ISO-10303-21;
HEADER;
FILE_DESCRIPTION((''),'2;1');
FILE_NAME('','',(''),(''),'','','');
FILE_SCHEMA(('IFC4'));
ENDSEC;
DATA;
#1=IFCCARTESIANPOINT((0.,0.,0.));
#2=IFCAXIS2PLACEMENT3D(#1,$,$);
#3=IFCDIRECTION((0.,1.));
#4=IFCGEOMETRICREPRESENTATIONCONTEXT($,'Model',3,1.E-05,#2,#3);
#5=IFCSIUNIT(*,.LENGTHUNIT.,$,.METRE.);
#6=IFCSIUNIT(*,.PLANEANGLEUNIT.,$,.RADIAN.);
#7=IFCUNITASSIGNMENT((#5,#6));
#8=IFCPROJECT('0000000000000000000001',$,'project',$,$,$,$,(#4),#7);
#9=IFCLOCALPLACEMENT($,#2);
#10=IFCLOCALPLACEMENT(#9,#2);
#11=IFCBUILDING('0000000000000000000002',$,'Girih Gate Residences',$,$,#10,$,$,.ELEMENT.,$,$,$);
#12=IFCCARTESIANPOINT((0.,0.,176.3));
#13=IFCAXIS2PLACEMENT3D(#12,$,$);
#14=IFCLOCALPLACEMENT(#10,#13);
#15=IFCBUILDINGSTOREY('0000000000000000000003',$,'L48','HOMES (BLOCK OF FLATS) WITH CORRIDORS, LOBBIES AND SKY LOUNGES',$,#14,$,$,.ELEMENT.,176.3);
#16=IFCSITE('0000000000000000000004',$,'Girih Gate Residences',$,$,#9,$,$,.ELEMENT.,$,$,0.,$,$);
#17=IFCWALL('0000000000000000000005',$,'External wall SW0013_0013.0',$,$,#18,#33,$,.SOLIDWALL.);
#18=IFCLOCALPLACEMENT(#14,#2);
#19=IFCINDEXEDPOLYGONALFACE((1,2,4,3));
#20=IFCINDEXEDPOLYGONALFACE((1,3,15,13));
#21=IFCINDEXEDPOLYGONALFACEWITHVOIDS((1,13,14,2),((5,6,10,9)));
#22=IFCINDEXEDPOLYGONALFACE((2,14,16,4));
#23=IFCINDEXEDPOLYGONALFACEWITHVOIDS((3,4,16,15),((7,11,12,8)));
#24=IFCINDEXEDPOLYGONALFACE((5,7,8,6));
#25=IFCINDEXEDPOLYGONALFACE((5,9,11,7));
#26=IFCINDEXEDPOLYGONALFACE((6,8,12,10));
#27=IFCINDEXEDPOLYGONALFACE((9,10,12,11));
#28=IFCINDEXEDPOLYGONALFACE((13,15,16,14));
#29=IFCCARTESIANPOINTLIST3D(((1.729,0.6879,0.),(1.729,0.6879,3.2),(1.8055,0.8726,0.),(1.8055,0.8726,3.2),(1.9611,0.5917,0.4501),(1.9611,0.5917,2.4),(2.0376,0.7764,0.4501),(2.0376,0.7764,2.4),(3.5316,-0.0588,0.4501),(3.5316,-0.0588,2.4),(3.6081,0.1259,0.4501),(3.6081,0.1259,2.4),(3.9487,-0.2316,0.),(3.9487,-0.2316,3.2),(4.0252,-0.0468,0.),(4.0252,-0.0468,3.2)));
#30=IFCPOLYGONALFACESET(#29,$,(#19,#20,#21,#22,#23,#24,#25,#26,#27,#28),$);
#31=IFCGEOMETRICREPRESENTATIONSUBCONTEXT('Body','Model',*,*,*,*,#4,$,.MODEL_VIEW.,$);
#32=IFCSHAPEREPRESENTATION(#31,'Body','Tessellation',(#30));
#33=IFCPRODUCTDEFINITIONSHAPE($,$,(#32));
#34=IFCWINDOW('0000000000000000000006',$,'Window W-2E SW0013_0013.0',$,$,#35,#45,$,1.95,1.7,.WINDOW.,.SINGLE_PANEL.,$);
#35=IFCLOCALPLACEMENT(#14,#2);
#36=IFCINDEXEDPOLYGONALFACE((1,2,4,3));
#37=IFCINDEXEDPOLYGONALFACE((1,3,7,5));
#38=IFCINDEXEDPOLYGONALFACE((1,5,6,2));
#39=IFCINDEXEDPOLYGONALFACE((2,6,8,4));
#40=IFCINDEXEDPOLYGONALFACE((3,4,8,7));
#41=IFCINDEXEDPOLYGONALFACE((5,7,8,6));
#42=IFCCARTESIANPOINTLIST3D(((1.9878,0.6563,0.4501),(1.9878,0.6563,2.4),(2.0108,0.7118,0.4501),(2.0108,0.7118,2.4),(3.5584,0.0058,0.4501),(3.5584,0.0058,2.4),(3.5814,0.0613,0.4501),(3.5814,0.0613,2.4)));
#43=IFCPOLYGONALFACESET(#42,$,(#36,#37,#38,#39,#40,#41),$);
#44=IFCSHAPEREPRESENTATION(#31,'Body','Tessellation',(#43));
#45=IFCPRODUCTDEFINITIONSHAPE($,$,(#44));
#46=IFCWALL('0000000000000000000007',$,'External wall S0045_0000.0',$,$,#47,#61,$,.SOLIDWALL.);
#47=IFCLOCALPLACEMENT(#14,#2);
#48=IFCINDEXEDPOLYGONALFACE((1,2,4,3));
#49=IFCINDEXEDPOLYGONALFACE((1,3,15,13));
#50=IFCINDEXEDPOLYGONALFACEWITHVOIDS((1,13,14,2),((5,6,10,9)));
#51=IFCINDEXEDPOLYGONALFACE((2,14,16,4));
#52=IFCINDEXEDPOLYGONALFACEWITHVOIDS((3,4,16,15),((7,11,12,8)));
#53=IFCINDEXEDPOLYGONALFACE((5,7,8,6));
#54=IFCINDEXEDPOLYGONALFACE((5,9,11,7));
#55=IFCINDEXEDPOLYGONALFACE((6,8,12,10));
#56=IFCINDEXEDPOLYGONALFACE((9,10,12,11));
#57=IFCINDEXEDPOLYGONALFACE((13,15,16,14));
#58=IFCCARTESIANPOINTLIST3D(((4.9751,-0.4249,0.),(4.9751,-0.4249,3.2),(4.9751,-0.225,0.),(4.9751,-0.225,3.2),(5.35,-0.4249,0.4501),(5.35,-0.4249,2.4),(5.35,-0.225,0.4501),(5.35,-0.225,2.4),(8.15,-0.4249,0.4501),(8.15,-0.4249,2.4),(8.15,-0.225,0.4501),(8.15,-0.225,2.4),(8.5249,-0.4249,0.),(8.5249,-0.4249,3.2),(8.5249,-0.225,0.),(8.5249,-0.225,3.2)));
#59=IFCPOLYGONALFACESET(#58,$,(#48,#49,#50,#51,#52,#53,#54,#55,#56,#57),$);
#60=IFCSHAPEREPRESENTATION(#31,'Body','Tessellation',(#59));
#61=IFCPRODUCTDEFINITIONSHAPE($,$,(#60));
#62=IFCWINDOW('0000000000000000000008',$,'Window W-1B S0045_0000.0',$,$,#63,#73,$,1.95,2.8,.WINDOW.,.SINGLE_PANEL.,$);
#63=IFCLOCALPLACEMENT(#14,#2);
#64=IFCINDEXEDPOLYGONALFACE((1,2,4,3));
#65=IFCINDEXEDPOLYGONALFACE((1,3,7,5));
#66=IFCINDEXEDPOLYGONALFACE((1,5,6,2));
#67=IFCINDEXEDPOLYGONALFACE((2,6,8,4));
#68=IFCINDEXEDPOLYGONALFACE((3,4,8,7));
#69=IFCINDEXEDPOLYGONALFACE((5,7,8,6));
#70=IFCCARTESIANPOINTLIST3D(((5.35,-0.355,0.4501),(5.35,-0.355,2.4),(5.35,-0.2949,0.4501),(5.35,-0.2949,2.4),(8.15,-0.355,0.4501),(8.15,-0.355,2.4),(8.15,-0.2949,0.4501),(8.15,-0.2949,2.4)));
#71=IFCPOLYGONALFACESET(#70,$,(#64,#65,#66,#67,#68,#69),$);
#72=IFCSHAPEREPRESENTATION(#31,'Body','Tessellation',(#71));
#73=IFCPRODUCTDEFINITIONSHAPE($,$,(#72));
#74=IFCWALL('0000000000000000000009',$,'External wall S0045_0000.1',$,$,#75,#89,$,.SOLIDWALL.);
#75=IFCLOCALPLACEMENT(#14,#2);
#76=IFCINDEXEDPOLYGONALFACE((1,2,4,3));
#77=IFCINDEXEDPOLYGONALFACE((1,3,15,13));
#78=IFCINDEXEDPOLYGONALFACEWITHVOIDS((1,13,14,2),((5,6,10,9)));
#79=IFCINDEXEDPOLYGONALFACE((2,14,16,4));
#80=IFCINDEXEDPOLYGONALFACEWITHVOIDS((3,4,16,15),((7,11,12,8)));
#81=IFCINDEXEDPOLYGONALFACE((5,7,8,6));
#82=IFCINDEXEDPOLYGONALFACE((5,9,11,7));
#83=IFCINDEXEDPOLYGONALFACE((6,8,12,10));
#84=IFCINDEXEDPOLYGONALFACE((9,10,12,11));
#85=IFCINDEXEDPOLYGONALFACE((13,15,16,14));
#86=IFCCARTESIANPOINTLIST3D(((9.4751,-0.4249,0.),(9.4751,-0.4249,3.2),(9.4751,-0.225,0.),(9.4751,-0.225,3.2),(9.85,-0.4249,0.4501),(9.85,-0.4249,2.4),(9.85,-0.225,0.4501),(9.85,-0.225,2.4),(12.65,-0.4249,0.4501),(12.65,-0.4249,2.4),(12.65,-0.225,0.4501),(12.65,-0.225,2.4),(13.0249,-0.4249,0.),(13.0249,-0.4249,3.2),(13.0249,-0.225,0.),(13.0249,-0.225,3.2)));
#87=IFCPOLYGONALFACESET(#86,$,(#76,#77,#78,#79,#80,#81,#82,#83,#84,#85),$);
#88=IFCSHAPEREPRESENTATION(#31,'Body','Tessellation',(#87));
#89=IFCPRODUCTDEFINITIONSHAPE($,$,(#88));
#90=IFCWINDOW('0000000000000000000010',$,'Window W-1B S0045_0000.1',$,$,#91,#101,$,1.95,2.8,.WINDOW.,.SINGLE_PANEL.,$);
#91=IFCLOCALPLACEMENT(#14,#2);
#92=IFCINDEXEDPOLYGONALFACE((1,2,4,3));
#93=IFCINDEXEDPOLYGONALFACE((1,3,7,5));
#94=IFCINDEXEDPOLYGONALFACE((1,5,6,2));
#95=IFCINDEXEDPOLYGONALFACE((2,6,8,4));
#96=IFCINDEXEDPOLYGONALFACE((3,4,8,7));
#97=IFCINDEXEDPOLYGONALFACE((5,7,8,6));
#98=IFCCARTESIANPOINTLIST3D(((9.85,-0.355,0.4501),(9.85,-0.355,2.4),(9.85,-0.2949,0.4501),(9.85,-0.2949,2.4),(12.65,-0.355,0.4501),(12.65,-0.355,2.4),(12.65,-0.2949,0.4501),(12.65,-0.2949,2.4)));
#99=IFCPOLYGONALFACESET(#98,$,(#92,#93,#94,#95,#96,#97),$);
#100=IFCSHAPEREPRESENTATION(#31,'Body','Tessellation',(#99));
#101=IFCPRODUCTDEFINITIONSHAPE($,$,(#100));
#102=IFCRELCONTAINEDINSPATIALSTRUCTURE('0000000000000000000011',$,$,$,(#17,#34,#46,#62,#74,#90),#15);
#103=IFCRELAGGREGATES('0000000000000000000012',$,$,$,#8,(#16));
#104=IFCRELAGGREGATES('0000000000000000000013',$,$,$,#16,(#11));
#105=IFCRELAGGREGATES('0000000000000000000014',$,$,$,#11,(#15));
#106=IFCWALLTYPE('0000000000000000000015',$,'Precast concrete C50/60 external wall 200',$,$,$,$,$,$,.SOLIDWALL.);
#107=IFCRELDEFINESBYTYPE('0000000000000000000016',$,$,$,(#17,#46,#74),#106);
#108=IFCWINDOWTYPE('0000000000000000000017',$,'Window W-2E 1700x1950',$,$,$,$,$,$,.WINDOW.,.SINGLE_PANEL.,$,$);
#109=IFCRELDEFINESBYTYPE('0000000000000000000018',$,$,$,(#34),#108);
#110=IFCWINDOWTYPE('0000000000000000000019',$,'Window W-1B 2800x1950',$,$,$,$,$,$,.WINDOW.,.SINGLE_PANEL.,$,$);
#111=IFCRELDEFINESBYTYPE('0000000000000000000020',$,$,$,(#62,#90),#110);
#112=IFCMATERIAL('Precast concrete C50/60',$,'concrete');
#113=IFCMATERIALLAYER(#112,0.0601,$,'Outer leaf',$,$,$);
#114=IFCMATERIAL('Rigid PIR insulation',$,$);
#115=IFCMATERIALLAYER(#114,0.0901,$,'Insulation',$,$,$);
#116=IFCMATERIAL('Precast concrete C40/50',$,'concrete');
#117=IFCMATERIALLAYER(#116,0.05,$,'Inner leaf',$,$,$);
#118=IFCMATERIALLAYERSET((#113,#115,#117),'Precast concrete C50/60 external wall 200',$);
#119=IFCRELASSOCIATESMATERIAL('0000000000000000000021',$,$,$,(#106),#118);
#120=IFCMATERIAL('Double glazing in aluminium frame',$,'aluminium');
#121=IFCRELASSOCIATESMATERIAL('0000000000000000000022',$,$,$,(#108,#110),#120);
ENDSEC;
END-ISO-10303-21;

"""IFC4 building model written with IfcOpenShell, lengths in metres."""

from ifc_helpers import new_model, si_unit, direction, frame, frame_2d, origin, place, context, subcontext, project, spatial, rectangle, extrude, material, layer, layer_set, type_object, element, fill, save


model = new_model("IFC4")

# Units and contexts
model_context = context("Model", 3, precision=1e-05, world=origin(), true_north=direction((0.0, 1.0)))
body_context = subcontext(model_context, "Body", "Model", "MODEL_VIEW")
ifc_project = project(units=[si_unit("LENGTHUNIT", "METRE"), si_unit("PLANEANGLEUNIT", "RADIAN")], contexts=[model_context])

# Site, building, storey
site_placement = place(None, origin())
site = spatial("IfcSite", under=ifc_project, at=site_placement, Name="Girih Gate Residences", CompositionType="ELEMENT", RefElevation=0.0)
building_placement = place(site_placement, origin())
building = spatial("IfcBuilding", under=site, at=building_placement, Name="Girih Gate Residences", CompositionType="ELEMENT")
storey_placement = place(building_placement, frame((0.0, 0.0, 176.3)))
storey = spatial("IfcBuildingStorey", under=building, at=storey_placement, Name="L48", Description="HOMES (BLOCK OF FLATS) WITH CORRIDORS, LOBBIES AND SKY LOUNGES", CompositionType="ELEMENT", Elevation=176.3)

# Walls, openings, windows
ifc_material_1 = material(Name="Precast concrete C50/60", Category="concrete")
ifc_layer_1 = layer(ifc_material_1, 0.0601, Name="Outer leaf")
ifc_material_2 = material(Name="Rigid PIR insulation")
ifc_layer_2 = layer(ifc_material_2, 0.0901, Name="Insulation")
ifc_material_3 = material(Name="Precast concrete C40/50", Category="concrete")
ifc_layer_3 = layer(ifc_material_3, 0.05, Name="Inner leaf")
ifc_layer_set_1 = layer_set([ifc_layer_1, ifc_layer_2, ifc_layer_3], Name="Precast concrete C50/60 external wall 200")
wall_type_1 = type_object("IfcWallType", Name="Precast concrete C50/60 external wall 200", PredefinedType="SOLIDWALL", material=ifc_layer_set_1)
wall_1_placement = place(storey_placement, frame((3.9868, -0.1392, 0.0), z_axis=(0.0, 0.0, 1.0), x_axis=(-0.923881, 0.382681, 0.0)))
wall_1 = element("IfcWall", 1, at=wall_1_placement, inside=storey, type_object=wall_type_1, Name="External wall SW0013_0013.0", PredefinedType="SOLIDWALL", context=body_context, shape_type="SweptSolid", body=[
    extrude(rectangle(XDim=2.4026, YDim=0.2, at=frame_2d((1.2012, 0.0))), origin(), (0.0, 0.0, 1.0), 3.2),
])
opening_1_placement = place(wall_1_placement, frame((0.4512, 0.0, 0.45)))
opening_1 = element("IfcOpeningElement", 2, at=opening_1_placement, cuts=wall_1, PredefinedType="OPENING", context=body_context, shape_type="SweptSolid", body=[
    extrude(rectangle(XDim=1.7, YDim=1.95, at=frame_2d((0.8501, 0.9751))), frame((0.0, 0.1099, 0.0), z_axis=(0.0, -1.0, 0.0), x_axis=(1.0, 0.0, 0.0)), (0.0, 0.0, 1.0), 0.22),
])
ifc_material_4 = material(Name="Double glazing in aluminium frame", Category="aluminium")
window_type_1 = type_object("IfcWindowType", Name="Window W-2E 1700x1950", PartitioningType="SINGLE_PANEL", PredefinedType="WINDOW", material=ifc_material_4)
window_1_placement = place(opening_1_placement, origin())
window_1 = element("IfcWindow", 3, at=window_1_placement, inside=storey, type_object=window_type_1, Name="Window W-2E SW0013_0013.0", OverallHeight=1.95, OverallWidth=1.7, PartitioningType="SINGLE_PANEL", PredefinedType="WINDOW", context=body_context, shape_type="SweptSolid", body=[
    extrude(rectangle(XDim=1.7, YDim=1.95, at=frame_2d((0.8501, 0.9751))), frame((0.0, 0.03, 0.0), z_axis=(0.0, -1.0, 0.0), x_axis=(1.0, 0.0, 0.0)), (0.0, 0.0, 1.0), 0.0601),
])
fill(opening_1, window_1)
wall_2_placement = place(storey_placement, frame((8.5249, -0.325, 0.0), z_axis=(0.0, 0.0, 1.0), x_axis=(-1.0, 0.0, 0.0)))
wall_2 = element("IfcWall", 4, at=wall_2_placement, inside=storey, type_object=wall_type_1, Name="External wall S0045_0000.0", PredefinedType="SOLIDWALL", context=body_context, shape_type="SweptSolid", body=[
    extrude(rectangle(XDim=3.5498, YDim=0.2, at=frame_2d((1.7749, 0.0))), origin(), (0.0, 0.0, 1.0), 3.2),
])
opening_2_placement = place(wall_2_placement, frame((0.375, 0.0, 0.45)))
opening_2 = element("IfcOpeningElement", 5, at=opening_2_placement, cuts=wall_2, PredefinedType="OPENING", context=body_context, shape_type="SweptSolid", body=[
    extrude(rectangle(XDim=2.8, YDim=1.95, at=frame_2d((1.3999, 0.9751))), frame((0.0, 0.1099, 0.0), z_axis=(0.0, -1.0, 0.0), x_axis=(1.0, 0.0, 0.0)), (0.0, 0.0, 1.0), 0.22),
])
window_type_2 = type_object("IfcWindowType", Name="Window W-1B 2800x1950", PartitioningType="SINGLE_PANEL", PredefinedType="WINDOW", material=ifc_material_4)
window_2_placement = place(opening_2_placement, origin())
window_2 = element("IfcWindow", 6, at=window_2_placement, inside=storey, type_object=window_type_2, Name="Window W-1B S0045_0000.0", OverallHeight=1.95, OverallWidth=2.8, PartitioningType="SINGLE_PANEL", PredefinedType="WINDOW", context=body_context, shape_type="SweptSolid", body=[
    extrude(rectangle(XDim=2.8, YDim=1.95, at=frame_2d((1.3999, 0.9751))), frame((0.0, 0.03, 0.0), z_axis=(0.0, -1.0, 0.0), x_axis=(1.0, 0.0, 0.0)), (0.0, 0.0, 1.0), 0.0601),
])
fill(opening_2, window_2)
wall_3_placement = place(storey_placement, frame((13.0249, -0.325, 0.0), z_axis=(0.0, 0.0, 1.0), x_axis=(-1.0, 0.0, 0.0)))
wall_3 = element("IfcWall", 7, at=wall_3_placement, inside=storey, type_object=wall_type_1, Name="External wall S0045_0000.1", PredefinedType="SOLIDWALL", context=body_context, shape_type="SweptSolid", body=[
    extrude(rectangle(XDim=3.5498, YDim=0.2, at=frame_2d((1.7749, 0.0))), origin(), (0.0, 0.0, 1.0), 3.2),
])
opening_3_placement = place(wall_3_placement, frame((0.375, 0.0, 0.45)))
opening_3 = element("IfcOpeningElement", 8, at=opening_3_placement, cuts=wall_3, PredefinedType="OPENING", context=body_context, shape_type="SweptSolid", body=[
    extrude(rectangle(XDim=2.8, YDim=1.95, at=frame_2d((1.3999, 0.9751))), frame((0.0, 0.1099, 0.0), z_axis=(0.0, -1.0, 0.0), x_axis=(1.0, 0.0, 0.0)), (0.0, 0.0, 1.0), 0.22),
])
window_3_placement = place(opening_3_placement, origin())
window_3 = element("IfcWindow", 9, at=window_3_placement, inside=storey, type_object=window_type_2, Name="Window W-1B S0045_0000.1", OverallHeight=1.95, OverallWidth=2.8, PartitioningType="SINGLE_PANEL", PredefinedType="WINDOW", context=body_context, shape_type="SweptSolid", body=[
    extrude(rectangle(XDim=2.8, YDim=1.95, at=frame_2d((1.3999, 0.9751))), frame((0.0, 0.03, 0.0), z_axis=(0.0, -1.0, 0.0), x_axis=(1.0, 0.0, 0.0)), (0.0, 0.0, 1.0), 0.0601),
])
fill(opening_3, window_3)

save(model, "model.ifc")
